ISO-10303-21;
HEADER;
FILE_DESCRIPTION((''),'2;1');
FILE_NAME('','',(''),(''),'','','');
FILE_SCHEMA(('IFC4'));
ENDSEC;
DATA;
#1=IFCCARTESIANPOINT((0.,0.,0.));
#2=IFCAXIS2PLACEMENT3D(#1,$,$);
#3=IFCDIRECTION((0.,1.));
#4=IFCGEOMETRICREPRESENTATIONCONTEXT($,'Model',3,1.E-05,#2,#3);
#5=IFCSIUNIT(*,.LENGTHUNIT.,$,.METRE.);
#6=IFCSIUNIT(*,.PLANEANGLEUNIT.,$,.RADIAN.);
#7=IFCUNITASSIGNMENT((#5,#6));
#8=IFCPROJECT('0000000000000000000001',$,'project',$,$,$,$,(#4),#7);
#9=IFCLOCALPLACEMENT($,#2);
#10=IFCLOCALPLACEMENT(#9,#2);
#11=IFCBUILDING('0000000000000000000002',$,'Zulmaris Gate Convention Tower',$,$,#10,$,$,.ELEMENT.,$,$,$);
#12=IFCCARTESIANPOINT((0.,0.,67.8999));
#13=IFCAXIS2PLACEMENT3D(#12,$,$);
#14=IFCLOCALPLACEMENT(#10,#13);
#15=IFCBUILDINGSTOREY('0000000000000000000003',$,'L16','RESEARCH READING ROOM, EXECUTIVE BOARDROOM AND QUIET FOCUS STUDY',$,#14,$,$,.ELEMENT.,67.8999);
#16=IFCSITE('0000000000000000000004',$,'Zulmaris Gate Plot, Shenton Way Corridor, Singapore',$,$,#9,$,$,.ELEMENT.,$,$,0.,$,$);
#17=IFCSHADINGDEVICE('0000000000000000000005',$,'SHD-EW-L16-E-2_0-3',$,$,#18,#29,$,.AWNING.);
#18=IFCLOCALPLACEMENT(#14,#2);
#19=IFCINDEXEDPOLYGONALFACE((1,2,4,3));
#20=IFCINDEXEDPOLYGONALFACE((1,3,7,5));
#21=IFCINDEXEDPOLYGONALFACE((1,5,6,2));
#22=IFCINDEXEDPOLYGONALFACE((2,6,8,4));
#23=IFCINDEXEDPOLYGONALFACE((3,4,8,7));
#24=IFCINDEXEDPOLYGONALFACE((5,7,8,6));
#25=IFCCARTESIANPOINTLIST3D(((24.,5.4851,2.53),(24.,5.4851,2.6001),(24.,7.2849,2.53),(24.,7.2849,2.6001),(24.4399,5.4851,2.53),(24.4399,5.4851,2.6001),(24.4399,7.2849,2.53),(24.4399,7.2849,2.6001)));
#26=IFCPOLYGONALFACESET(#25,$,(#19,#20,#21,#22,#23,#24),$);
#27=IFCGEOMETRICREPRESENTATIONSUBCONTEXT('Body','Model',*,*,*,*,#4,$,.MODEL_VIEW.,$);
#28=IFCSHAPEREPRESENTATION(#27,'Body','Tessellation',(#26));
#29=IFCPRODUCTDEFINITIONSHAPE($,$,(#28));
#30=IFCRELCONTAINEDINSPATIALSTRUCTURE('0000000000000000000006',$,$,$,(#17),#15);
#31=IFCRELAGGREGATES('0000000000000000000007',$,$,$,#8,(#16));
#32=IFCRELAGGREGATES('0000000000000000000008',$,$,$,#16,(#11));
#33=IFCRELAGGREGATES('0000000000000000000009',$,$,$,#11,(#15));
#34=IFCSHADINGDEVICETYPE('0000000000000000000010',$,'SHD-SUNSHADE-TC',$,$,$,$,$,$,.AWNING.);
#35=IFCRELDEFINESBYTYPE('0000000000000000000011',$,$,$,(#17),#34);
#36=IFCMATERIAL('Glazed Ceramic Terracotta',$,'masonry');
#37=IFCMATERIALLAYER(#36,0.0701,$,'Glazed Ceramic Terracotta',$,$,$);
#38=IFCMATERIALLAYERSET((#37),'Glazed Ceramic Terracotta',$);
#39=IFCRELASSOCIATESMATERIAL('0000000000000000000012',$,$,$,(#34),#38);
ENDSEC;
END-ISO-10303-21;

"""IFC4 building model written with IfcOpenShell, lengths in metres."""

from ifc_helpers import new_model, si_unit, direction, frame, frame_2d, origin, place, context, subcontext, project, spatial, rectangle, extrude, material, layer, layer_set, type_object, element, save


model = new_model("IFC4")

# Units and contexts
model_context = context("Model", 3, precision=1e-05, world=origin(), true_north=direction((0.0, 1.0)))
body_context = subcontext(model_context, "Body", "Model", "MODEL_VIEW")
ifc_project = project(units=[si_unit("LENGTHUNIT", "METRE"), si_unit("PLANEANGLEUNIT", "RADIAN")], contexts=[model_context])

# Site, building, storey
site_placement = place(None, origin())
site = spatial("IfcSite", under=ifc_project, at=site_placement, Name="Zulmaris Gate Plot, Shenton Way Corridor, Singapore", CompositionType="ELEMENT", RefElevation=0.0)
building_placement = place(site_placement, origin())
building = spatial("IfcBuilding", under=site, at=building_placement, Name="Zulmaris Gate Convention Tower", CompositionType="ELEMENT")
storey_placement = place(building_placement, frame((0.0, 0.0, 67.8999)))
storey = spatial("IfcBuildingStorey", under=building, at=storey_placement, Name="L16", Description="RESEARCH READING ROOM, EXECUTIVE BOARDROOM AND QUIET FOCUS STUDY", CompositionType="ELEMENT", Elevation=67.8999)

# Shading device
ifc_material_1 = material(Name="Glazed Ceramic Terracotta", Category="masonry")
ifc_layer_1 = layer(ifc_material_1, 0.0701, Name="Glazed Ceramic Terracotta")
ifc_layer_set_1 = layer_set([ifc_layer_1], Name="Glazed Ceramic Terracotta")
shading_device_type = type_object("IfcShadingDeviceType", Name="SHD-SUNSHADE-TC", PredefinedType="AWNING", material=ifc_layer_set_1)
for number, where, z_axis, x_axis, name in (
    (1, (24.22, 5.4851, 2.53), (0.0, 0.0, 1.0), (0.0, 1.0, 0.0), "SHD-EW-L16-E-2_0-3"),
):
    element("IfcShadingDevice", number, at=place(storey_placement, frame(where, z_axis=z_axis, x_axis=x_axis)), inside=storey, type_object=shading_device_type, Name=name, PredefinedType="AWNING", context=body_context, shape_type="SweptSolid", body=[
        extrude(rectangle(XDim=1.7998, YDim=0.4399, at=frame_2d((0.8999, 0.0))), origin(), (0.0, 0.0, 1.0), 0.0701),
    ])

save(model, "model.ifc")
